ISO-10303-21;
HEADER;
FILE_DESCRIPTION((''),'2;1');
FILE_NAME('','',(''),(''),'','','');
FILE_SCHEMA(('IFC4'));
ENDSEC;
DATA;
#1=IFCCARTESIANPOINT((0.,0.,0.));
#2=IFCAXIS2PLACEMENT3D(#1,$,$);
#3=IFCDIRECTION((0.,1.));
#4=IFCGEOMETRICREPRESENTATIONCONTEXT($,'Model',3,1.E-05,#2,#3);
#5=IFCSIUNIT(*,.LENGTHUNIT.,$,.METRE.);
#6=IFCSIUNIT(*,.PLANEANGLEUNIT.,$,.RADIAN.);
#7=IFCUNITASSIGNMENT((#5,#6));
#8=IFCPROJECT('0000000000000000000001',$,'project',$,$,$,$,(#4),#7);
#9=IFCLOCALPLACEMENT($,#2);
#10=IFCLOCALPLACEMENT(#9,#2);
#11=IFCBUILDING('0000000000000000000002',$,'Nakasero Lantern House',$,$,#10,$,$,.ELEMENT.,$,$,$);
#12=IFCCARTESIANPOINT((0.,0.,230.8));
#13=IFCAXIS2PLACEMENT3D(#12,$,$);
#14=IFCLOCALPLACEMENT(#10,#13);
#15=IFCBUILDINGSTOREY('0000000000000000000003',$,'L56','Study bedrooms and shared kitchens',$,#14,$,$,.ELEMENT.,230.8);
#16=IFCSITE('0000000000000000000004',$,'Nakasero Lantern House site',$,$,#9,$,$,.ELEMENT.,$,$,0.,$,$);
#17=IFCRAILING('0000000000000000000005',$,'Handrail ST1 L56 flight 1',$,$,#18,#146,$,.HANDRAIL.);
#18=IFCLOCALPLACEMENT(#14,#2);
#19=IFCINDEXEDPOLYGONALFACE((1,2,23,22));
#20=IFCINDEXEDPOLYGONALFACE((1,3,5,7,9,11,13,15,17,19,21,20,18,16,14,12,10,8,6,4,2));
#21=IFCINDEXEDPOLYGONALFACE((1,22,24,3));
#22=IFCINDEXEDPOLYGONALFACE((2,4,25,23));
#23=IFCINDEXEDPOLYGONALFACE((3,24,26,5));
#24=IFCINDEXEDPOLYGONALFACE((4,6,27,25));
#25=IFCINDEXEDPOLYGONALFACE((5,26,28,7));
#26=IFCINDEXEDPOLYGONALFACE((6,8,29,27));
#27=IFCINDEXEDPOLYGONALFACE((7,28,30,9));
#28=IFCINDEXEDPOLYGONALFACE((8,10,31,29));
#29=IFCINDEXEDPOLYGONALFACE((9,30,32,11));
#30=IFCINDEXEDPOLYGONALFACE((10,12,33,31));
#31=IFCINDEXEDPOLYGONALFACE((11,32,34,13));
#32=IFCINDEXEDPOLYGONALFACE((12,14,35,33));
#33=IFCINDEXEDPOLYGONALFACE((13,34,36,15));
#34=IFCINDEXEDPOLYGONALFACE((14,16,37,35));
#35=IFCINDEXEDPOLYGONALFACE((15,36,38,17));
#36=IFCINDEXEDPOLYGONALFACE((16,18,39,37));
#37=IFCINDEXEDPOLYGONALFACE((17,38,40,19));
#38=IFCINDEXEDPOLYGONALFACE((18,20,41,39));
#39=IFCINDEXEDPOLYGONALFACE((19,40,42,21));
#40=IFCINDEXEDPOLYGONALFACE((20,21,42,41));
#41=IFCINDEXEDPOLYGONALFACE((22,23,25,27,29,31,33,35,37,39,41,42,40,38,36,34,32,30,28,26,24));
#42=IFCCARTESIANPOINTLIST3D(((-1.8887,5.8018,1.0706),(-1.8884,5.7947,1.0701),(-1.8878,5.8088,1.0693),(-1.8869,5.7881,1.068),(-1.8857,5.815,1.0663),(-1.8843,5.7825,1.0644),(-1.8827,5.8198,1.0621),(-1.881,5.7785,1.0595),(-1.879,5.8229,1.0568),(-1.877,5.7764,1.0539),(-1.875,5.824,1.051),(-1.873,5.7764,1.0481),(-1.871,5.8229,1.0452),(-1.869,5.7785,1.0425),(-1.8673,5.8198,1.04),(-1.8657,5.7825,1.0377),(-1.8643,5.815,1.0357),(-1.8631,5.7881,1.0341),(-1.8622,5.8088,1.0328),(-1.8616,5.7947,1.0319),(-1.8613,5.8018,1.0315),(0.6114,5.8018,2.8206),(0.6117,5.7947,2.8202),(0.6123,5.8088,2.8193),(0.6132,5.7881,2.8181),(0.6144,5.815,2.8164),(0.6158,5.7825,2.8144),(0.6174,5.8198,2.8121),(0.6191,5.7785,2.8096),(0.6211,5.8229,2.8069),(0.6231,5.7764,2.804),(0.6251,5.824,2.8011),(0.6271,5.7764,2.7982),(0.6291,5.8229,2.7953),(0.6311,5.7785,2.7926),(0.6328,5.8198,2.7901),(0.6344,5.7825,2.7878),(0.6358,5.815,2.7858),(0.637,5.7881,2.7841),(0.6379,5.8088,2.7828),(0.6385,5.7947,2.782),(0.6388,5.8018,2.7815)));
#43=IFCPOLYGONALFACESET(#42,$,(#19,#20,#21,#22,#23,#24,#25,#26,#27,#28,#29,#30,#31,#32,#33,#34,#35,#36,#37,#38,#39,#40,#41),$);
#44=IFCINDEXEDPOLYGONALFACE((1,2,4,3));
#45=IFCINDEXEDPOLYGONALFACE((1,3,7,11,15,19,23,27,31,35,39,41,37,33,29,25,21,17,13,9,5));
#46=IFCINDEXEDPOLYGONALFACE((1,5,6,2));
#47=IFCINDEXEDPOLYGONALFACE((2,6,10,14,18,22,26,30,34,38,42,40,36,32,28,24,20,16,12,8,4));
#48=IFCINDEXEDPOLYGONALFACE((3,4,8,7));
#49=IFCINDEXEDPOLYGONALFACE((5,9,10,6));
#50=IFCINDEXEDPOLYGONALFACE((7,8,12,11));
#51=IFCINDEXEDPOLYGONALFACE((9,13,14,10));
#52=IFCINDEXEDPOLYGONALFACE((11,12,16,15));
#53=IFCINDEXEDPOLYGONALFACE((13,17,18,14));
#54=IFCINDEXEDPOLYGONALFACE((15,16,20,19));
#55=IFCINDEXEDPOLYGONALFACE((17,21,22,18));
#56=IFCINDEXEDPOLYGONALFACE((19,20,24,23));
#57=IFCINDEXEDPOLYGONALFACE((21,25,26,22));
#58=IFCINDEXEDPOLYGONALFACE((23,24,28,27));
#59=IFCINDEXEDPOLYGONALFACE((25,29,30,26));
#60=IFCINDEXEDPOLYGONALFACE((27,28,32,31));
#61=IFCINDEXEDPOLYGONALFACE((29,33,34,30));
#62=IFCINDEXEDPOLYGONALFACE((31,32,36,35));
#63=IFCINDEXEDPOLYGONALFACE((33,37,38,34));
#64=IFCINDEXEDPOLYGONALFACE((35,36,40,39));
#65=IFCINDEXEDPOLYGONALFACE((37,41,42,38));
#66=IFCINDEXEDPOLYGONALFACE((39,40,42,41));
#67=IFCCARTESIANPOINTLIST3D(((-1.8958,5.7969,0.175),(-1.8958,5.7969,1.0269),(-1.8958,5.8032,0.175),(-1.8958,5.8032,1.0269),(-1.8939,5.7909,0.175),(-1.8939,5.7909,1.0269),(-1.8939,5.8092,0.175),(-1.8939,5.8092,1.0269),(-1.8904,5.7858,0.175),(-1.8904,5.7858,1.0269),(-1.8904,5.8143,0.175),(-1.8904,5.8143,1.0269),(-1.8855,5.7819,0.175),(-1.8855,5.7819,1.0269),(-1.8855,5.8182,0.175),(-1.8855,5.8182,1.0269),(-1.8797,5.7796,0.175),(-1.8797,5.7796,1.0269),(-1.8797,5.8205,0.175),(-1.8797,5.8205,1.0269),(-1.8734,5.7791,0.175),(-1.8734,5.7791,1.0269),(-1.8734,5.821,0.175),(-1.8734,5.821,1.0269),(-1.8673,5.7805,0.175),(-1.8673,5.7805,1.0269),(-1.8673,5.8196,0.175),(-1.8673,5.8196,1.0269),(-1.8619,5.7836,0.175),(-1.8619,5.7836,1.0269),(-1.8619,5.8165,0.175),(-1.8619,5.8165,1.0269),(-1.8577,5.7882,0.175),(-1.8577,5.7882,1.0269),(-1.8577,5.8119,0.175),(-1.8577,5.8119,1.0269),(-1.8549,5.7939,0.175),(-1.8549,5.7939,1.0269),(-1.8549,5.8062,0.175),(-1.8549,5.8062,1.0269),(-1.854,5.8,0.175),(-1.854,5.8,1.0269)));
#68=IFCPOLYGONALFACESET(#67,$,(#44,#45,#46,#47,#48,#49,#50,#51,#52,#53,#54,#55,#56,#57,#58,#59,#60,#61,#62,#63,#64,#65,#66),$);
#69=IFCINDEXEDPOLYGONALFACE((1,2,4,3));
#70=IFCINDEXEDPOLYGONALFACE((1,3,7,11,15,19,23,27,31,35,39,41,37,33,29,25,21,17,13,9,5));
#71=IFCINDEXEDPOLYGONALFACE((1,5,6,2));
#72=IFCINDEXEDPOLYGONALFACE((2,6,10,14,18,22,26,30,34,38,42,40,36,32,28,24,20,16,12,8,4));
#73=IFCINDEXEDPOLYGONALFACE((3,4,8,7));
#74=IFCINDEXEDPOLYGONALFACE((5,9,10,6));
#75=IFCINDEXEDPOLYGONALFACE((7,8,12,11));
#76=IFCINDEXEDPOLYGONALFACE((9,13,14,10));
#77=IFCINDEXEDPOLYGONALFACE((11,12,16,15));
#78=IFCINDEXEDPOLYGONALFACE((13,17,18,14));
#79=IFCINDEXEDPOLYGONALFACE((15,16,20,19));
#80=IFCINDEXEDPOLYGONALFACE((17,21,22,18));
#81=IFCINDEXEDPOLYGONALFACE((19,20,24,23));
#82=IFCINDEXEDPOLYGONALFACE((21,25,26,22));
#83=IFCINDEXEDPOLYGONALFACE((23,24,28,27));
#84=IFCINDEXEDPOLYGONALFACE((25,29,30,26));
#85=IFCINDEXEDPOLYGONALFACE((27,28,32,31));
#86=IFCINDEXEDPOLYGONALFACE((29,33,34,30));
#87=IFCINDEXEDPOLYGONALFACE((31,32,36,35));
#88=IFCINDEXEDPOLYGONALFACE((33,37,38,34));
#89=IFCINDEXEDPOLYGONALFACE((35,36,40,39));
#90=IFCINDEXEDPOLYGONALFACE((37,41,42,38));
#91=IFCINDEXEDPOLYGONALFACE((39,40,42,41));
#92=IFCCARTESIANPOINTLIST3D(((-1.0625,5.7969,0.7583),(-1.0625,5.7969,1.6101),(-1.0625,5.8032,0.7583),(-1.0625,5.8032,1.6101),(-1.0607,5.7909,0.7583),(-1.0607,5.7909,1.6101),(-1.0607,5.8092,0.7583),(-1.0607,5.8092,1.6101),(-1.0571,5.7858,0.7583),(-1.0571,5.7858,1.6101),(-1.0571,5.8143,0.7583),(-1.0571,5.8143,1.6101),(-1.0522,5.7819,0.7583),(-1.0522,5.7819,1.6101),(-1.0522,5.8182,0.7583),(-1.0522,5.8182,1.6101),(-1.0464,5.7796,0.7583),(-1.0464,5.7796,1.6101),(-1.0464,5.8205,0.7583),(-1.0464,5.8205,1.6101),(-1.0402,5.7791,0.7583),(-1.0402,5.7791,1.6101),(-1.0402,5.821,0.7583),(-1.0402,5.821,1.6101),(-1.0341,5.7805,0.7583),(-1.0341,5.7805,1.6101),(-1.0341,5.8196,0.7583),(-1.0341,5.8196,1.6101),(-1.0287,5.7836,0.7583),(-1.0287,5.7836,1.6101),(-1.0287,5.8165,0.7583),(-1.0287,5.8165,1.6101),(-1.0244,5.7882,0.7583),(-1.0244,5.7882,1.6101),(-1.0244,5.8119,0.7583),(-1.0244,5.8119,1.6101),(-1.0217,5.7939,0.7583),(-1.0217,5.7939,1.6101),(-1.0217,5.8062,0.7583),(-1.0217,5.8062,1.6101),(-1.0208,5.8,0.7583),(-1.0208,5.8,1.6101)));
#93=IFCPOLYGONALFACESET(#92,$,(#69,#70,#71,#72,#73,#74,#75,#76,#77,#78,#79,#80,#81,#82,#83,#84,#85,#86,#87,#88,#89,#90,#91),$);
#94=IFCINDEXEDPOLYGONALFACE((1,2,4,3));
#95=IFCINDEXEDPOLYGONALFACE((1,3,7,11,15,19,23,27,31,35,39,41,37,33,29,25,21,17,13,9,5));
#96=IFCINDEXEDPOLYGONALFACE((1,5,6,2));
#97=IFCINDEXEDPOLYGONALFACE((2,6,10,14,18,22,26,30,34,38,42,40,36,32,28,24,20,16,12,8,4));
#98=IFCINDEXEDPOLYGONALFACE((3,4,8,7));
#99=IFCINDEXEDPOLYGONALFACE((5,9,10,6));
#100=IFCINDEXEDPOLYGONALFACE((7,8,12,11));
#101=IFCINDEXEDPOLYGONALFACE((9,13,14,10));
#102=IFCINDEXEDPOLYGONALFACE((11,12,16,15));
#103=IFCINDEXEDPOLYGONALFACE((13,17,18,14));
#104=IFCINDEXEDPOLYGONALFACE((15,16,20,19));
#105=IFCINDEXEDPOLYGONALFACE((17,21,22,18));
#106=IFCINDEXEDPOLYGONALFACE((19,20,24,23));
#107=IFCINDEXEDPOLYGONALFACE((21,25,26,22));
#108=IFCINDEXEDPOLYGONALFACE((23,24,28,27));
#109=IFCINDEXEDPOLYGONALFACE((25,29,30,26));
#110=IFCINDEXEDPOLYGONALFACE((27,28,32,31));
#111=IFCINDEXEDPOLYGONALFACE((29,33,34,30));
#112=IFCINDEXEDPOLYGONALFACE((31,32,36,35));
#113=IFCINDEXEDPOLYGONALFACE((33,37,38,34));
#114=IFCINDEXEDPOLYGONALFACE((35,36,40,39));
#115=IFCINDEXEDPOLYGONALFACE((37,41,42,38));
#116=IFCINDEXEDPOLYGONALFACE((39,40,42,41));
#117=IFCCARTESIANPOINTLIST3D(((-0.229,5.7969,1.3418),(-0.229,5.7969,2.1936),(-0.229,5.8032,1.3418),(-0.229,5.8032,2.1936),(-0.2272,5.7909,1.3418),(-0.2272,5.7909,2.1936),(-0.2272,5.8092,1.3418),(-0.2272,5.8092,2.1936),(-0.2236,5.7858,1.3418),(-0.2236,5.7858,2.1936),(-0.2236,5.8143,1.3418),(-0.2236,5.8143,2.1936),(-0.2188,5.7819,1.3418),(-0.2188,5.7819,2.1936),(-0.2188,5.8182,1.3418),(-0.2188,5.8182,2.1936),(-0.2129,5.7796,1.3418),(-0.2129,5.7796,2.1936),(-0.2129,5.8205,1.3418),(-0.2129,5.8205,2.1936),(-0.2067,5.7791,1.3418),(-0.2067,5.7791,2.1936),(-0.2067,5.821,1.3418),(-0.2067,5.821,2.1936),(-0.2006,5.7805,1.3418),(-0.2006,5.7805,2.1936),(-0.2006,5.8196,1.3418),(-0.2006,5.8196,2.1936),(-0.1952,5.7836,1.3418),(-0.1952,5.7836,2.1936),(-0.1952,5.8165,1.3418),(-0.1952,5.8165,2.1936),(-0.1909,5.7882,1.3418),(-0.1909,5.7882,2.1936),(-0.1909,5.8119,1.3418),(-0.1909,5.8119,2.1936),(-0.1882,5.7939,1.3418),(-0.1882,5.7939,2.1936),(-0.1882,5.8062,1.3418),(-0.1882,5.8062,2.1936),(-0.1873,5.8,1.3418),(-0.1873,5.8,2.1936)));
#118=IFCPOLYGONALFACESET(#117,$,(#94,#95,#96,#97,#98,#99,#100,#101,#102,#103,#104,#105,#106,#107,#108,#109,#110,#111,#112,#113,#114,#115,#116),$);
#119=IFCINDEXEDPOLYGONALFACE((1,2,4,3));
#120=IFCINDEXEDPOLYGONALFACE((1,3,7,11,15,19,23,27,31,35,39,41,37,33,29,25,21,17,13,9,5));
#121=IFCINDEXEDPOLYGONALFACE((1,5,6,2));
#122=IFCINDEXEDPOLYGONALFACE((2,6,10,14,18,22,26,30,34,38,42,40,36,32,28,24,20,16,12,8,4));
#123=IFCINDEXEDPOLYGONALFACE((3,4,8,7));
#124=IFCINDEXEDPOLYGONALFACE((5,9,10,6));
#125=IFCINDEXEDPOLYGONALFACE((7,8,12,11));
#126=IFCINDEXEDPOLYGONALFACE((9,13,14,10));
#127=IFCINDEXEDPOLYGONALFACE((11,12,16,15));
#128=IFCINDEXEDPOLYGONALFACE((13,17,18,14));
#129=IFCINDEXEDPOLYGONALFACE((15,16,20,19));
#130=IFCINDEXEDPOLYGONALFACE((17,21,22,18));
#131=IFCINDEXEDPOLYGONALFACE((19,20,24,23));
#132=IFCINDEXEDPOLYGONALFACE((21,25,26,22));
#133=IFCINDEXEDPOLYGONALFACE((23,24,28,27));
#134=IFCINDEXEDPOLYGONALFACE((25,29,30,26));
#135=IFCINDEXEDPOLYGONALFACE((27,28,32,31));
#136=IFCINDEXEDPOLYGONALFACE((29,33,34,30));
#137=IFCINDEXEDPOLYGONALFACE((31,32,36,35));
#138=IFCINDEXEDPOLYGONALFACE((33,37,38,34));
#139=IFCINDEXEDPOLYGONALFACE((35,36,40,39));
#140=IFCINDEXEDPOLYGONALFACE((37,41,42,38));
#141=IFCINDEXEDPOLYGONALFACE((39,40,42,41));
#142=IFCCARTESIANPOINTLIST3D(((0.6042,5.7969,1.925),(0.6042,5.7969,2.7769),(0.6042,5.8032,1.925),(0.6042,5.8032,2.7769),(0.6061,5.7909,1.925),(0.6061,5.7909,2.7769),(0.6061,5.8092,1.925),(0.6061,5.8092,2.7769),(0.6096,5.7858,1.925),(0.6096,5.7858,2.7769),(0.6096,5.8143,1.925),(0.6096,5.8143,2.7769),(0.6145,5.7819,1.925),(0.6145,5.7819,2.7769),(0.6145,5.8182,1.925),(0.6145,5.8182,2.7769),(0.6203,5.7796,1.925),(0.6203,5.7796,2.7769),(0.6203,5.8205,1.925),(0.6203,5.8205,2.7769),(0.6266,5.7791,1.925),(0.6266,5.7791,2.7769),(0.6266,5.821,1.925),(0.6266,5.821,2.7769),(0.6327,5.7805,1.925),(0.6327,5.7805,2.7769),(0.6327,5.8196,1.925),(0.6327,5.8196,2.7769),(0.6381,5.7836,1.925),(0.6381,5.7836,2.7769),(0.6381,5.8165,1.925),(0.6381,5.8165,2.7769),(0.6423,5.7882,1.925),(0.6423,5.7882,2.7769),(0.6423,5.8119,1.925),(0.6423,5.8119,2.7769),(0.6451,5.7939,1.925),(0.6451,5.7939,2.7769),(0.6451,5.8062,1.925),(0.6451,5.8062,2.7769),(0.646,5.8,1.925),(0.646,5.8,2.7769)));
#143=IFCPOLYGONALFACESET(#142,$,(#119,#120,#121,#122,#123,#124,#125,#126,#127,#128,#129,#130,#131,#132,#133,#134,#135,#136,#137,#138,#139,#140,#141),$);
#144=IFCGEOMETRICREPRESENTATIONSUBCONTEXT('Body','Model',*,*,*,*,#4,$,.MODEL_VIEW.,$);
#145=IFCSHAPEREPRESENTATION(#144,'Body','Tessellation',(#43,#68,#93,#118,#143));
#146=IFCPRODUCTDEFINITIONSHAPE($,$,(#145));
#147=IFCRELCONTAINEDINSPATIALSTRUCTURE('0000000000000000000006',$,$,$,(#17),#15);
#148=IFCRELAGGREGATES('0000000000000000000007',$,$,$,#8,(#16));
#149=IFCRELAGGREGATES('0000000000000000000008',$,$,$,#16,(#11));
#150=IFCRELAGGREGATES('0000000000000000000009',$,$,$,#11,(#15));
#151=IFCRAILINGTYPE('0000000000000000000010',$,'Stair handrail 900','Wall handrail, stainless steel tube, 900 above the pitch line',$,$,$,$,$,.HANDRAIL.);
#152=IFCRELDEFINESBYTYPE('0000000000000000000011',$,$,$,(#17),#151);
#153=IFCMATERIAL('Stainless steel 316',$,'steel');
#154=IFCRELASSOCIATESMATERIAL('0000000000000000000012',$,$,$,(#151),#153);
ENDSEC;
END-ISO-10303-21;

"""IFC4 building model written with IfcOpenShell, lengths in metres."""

from ifc_helpers import new_model, si_unit, direction, frame, origin, origin_2d, place, context, subcontext, project, spatial, circle, extrude, material, type_object, element, save


model = new_model("IFC4")

# Units and contexts
model_context = context("Model", 3, precision=1e-05, world=origin(), true_north=direction((0.0, 1.0)))
body_context = subcontext(model_context, "Body", "Model", "MODEL_VIEW")
ifc_project = project(units=[si_unit("LENGTHUNIT", "METRE"), si_unit("PLANEANGLEUNIT", "RADIAN")], contexts=[model_context])

# Site, building, storey
site_placement = place(None, origin())
site = spatial("IfcSite", under=ifc_project, at=site_placement, Name="Nakasero Lantern House site", CompositionType="ELEMENT", RefElevation=0.0)
building_placement = place(site_placement, origin())
building = spatial("IfcBuilding", under=site, at=building_placement, Name="Nakasero Lantern House", CompositionType="ELEMENT")
storey_placement = place(building_placement, frame((0.0, 0.0, 230.8)))
storey = spatial("IfcBuildingStorey", under=building, at=storey_placement, Name="L56", Description="Study bedrooms and shared kitchens", CompositionType="ELEMENT", Elevation=230.8)

# Railing
ifc_material_1 = material(Name="Stainless steel 316", Category="steel")
railing_type = type_object("IfcRailingType", Name="Stair handrail 900", Description="Wall handrail, stainless steel tube, 900 above the pitch line", PredefinedType="HANDRAIL", material=ifc_material_1)
railing_placement = place(storey_placement, frame((-1.875, 5.8, 0.175)))
element("IfcRailing", 1, at=railing_placement, inside=storey, type_object=railing_type, Name="Handrail ST1 L56 flight 1", PredefinedType="HANDRAIL", context=body_context, shape_type="SweptSolid", body=[
    extrude(circle(Radius=0.0239, at=origin_2d()), frame((0.0, 0.0, 0.876), z_axis=(0.819232, 0.0, 0.573462), x_axis=(0.0, 1.0, 0.0)), (0.0, 0.0, 1.0), 3.0518),
    extrude(circle(Radius=0.021, at=origin_2d()), origin(), (0.0, 0.0, 1.0), 0.8518),
    extrude(circle(Radius=0.021, at=origin_2d()), frame((0.8333, 0.0, 0.5833)), (0.0, 0.0, 1.0), 0.8518),
    extrude(circle(Radius=0.021, at=origin_2d()), frame((1.6667, 0.0, 1.1667)), (0.0, 0.0, 1.0), 0.8518),
    extrude(circle(Radius=0.021, at=origin_2d()), frame((2.5, 0.0, 1.75)), (0.0, 0.0, 1.0), 0.8518),
])

save(model, "model.ifc")
